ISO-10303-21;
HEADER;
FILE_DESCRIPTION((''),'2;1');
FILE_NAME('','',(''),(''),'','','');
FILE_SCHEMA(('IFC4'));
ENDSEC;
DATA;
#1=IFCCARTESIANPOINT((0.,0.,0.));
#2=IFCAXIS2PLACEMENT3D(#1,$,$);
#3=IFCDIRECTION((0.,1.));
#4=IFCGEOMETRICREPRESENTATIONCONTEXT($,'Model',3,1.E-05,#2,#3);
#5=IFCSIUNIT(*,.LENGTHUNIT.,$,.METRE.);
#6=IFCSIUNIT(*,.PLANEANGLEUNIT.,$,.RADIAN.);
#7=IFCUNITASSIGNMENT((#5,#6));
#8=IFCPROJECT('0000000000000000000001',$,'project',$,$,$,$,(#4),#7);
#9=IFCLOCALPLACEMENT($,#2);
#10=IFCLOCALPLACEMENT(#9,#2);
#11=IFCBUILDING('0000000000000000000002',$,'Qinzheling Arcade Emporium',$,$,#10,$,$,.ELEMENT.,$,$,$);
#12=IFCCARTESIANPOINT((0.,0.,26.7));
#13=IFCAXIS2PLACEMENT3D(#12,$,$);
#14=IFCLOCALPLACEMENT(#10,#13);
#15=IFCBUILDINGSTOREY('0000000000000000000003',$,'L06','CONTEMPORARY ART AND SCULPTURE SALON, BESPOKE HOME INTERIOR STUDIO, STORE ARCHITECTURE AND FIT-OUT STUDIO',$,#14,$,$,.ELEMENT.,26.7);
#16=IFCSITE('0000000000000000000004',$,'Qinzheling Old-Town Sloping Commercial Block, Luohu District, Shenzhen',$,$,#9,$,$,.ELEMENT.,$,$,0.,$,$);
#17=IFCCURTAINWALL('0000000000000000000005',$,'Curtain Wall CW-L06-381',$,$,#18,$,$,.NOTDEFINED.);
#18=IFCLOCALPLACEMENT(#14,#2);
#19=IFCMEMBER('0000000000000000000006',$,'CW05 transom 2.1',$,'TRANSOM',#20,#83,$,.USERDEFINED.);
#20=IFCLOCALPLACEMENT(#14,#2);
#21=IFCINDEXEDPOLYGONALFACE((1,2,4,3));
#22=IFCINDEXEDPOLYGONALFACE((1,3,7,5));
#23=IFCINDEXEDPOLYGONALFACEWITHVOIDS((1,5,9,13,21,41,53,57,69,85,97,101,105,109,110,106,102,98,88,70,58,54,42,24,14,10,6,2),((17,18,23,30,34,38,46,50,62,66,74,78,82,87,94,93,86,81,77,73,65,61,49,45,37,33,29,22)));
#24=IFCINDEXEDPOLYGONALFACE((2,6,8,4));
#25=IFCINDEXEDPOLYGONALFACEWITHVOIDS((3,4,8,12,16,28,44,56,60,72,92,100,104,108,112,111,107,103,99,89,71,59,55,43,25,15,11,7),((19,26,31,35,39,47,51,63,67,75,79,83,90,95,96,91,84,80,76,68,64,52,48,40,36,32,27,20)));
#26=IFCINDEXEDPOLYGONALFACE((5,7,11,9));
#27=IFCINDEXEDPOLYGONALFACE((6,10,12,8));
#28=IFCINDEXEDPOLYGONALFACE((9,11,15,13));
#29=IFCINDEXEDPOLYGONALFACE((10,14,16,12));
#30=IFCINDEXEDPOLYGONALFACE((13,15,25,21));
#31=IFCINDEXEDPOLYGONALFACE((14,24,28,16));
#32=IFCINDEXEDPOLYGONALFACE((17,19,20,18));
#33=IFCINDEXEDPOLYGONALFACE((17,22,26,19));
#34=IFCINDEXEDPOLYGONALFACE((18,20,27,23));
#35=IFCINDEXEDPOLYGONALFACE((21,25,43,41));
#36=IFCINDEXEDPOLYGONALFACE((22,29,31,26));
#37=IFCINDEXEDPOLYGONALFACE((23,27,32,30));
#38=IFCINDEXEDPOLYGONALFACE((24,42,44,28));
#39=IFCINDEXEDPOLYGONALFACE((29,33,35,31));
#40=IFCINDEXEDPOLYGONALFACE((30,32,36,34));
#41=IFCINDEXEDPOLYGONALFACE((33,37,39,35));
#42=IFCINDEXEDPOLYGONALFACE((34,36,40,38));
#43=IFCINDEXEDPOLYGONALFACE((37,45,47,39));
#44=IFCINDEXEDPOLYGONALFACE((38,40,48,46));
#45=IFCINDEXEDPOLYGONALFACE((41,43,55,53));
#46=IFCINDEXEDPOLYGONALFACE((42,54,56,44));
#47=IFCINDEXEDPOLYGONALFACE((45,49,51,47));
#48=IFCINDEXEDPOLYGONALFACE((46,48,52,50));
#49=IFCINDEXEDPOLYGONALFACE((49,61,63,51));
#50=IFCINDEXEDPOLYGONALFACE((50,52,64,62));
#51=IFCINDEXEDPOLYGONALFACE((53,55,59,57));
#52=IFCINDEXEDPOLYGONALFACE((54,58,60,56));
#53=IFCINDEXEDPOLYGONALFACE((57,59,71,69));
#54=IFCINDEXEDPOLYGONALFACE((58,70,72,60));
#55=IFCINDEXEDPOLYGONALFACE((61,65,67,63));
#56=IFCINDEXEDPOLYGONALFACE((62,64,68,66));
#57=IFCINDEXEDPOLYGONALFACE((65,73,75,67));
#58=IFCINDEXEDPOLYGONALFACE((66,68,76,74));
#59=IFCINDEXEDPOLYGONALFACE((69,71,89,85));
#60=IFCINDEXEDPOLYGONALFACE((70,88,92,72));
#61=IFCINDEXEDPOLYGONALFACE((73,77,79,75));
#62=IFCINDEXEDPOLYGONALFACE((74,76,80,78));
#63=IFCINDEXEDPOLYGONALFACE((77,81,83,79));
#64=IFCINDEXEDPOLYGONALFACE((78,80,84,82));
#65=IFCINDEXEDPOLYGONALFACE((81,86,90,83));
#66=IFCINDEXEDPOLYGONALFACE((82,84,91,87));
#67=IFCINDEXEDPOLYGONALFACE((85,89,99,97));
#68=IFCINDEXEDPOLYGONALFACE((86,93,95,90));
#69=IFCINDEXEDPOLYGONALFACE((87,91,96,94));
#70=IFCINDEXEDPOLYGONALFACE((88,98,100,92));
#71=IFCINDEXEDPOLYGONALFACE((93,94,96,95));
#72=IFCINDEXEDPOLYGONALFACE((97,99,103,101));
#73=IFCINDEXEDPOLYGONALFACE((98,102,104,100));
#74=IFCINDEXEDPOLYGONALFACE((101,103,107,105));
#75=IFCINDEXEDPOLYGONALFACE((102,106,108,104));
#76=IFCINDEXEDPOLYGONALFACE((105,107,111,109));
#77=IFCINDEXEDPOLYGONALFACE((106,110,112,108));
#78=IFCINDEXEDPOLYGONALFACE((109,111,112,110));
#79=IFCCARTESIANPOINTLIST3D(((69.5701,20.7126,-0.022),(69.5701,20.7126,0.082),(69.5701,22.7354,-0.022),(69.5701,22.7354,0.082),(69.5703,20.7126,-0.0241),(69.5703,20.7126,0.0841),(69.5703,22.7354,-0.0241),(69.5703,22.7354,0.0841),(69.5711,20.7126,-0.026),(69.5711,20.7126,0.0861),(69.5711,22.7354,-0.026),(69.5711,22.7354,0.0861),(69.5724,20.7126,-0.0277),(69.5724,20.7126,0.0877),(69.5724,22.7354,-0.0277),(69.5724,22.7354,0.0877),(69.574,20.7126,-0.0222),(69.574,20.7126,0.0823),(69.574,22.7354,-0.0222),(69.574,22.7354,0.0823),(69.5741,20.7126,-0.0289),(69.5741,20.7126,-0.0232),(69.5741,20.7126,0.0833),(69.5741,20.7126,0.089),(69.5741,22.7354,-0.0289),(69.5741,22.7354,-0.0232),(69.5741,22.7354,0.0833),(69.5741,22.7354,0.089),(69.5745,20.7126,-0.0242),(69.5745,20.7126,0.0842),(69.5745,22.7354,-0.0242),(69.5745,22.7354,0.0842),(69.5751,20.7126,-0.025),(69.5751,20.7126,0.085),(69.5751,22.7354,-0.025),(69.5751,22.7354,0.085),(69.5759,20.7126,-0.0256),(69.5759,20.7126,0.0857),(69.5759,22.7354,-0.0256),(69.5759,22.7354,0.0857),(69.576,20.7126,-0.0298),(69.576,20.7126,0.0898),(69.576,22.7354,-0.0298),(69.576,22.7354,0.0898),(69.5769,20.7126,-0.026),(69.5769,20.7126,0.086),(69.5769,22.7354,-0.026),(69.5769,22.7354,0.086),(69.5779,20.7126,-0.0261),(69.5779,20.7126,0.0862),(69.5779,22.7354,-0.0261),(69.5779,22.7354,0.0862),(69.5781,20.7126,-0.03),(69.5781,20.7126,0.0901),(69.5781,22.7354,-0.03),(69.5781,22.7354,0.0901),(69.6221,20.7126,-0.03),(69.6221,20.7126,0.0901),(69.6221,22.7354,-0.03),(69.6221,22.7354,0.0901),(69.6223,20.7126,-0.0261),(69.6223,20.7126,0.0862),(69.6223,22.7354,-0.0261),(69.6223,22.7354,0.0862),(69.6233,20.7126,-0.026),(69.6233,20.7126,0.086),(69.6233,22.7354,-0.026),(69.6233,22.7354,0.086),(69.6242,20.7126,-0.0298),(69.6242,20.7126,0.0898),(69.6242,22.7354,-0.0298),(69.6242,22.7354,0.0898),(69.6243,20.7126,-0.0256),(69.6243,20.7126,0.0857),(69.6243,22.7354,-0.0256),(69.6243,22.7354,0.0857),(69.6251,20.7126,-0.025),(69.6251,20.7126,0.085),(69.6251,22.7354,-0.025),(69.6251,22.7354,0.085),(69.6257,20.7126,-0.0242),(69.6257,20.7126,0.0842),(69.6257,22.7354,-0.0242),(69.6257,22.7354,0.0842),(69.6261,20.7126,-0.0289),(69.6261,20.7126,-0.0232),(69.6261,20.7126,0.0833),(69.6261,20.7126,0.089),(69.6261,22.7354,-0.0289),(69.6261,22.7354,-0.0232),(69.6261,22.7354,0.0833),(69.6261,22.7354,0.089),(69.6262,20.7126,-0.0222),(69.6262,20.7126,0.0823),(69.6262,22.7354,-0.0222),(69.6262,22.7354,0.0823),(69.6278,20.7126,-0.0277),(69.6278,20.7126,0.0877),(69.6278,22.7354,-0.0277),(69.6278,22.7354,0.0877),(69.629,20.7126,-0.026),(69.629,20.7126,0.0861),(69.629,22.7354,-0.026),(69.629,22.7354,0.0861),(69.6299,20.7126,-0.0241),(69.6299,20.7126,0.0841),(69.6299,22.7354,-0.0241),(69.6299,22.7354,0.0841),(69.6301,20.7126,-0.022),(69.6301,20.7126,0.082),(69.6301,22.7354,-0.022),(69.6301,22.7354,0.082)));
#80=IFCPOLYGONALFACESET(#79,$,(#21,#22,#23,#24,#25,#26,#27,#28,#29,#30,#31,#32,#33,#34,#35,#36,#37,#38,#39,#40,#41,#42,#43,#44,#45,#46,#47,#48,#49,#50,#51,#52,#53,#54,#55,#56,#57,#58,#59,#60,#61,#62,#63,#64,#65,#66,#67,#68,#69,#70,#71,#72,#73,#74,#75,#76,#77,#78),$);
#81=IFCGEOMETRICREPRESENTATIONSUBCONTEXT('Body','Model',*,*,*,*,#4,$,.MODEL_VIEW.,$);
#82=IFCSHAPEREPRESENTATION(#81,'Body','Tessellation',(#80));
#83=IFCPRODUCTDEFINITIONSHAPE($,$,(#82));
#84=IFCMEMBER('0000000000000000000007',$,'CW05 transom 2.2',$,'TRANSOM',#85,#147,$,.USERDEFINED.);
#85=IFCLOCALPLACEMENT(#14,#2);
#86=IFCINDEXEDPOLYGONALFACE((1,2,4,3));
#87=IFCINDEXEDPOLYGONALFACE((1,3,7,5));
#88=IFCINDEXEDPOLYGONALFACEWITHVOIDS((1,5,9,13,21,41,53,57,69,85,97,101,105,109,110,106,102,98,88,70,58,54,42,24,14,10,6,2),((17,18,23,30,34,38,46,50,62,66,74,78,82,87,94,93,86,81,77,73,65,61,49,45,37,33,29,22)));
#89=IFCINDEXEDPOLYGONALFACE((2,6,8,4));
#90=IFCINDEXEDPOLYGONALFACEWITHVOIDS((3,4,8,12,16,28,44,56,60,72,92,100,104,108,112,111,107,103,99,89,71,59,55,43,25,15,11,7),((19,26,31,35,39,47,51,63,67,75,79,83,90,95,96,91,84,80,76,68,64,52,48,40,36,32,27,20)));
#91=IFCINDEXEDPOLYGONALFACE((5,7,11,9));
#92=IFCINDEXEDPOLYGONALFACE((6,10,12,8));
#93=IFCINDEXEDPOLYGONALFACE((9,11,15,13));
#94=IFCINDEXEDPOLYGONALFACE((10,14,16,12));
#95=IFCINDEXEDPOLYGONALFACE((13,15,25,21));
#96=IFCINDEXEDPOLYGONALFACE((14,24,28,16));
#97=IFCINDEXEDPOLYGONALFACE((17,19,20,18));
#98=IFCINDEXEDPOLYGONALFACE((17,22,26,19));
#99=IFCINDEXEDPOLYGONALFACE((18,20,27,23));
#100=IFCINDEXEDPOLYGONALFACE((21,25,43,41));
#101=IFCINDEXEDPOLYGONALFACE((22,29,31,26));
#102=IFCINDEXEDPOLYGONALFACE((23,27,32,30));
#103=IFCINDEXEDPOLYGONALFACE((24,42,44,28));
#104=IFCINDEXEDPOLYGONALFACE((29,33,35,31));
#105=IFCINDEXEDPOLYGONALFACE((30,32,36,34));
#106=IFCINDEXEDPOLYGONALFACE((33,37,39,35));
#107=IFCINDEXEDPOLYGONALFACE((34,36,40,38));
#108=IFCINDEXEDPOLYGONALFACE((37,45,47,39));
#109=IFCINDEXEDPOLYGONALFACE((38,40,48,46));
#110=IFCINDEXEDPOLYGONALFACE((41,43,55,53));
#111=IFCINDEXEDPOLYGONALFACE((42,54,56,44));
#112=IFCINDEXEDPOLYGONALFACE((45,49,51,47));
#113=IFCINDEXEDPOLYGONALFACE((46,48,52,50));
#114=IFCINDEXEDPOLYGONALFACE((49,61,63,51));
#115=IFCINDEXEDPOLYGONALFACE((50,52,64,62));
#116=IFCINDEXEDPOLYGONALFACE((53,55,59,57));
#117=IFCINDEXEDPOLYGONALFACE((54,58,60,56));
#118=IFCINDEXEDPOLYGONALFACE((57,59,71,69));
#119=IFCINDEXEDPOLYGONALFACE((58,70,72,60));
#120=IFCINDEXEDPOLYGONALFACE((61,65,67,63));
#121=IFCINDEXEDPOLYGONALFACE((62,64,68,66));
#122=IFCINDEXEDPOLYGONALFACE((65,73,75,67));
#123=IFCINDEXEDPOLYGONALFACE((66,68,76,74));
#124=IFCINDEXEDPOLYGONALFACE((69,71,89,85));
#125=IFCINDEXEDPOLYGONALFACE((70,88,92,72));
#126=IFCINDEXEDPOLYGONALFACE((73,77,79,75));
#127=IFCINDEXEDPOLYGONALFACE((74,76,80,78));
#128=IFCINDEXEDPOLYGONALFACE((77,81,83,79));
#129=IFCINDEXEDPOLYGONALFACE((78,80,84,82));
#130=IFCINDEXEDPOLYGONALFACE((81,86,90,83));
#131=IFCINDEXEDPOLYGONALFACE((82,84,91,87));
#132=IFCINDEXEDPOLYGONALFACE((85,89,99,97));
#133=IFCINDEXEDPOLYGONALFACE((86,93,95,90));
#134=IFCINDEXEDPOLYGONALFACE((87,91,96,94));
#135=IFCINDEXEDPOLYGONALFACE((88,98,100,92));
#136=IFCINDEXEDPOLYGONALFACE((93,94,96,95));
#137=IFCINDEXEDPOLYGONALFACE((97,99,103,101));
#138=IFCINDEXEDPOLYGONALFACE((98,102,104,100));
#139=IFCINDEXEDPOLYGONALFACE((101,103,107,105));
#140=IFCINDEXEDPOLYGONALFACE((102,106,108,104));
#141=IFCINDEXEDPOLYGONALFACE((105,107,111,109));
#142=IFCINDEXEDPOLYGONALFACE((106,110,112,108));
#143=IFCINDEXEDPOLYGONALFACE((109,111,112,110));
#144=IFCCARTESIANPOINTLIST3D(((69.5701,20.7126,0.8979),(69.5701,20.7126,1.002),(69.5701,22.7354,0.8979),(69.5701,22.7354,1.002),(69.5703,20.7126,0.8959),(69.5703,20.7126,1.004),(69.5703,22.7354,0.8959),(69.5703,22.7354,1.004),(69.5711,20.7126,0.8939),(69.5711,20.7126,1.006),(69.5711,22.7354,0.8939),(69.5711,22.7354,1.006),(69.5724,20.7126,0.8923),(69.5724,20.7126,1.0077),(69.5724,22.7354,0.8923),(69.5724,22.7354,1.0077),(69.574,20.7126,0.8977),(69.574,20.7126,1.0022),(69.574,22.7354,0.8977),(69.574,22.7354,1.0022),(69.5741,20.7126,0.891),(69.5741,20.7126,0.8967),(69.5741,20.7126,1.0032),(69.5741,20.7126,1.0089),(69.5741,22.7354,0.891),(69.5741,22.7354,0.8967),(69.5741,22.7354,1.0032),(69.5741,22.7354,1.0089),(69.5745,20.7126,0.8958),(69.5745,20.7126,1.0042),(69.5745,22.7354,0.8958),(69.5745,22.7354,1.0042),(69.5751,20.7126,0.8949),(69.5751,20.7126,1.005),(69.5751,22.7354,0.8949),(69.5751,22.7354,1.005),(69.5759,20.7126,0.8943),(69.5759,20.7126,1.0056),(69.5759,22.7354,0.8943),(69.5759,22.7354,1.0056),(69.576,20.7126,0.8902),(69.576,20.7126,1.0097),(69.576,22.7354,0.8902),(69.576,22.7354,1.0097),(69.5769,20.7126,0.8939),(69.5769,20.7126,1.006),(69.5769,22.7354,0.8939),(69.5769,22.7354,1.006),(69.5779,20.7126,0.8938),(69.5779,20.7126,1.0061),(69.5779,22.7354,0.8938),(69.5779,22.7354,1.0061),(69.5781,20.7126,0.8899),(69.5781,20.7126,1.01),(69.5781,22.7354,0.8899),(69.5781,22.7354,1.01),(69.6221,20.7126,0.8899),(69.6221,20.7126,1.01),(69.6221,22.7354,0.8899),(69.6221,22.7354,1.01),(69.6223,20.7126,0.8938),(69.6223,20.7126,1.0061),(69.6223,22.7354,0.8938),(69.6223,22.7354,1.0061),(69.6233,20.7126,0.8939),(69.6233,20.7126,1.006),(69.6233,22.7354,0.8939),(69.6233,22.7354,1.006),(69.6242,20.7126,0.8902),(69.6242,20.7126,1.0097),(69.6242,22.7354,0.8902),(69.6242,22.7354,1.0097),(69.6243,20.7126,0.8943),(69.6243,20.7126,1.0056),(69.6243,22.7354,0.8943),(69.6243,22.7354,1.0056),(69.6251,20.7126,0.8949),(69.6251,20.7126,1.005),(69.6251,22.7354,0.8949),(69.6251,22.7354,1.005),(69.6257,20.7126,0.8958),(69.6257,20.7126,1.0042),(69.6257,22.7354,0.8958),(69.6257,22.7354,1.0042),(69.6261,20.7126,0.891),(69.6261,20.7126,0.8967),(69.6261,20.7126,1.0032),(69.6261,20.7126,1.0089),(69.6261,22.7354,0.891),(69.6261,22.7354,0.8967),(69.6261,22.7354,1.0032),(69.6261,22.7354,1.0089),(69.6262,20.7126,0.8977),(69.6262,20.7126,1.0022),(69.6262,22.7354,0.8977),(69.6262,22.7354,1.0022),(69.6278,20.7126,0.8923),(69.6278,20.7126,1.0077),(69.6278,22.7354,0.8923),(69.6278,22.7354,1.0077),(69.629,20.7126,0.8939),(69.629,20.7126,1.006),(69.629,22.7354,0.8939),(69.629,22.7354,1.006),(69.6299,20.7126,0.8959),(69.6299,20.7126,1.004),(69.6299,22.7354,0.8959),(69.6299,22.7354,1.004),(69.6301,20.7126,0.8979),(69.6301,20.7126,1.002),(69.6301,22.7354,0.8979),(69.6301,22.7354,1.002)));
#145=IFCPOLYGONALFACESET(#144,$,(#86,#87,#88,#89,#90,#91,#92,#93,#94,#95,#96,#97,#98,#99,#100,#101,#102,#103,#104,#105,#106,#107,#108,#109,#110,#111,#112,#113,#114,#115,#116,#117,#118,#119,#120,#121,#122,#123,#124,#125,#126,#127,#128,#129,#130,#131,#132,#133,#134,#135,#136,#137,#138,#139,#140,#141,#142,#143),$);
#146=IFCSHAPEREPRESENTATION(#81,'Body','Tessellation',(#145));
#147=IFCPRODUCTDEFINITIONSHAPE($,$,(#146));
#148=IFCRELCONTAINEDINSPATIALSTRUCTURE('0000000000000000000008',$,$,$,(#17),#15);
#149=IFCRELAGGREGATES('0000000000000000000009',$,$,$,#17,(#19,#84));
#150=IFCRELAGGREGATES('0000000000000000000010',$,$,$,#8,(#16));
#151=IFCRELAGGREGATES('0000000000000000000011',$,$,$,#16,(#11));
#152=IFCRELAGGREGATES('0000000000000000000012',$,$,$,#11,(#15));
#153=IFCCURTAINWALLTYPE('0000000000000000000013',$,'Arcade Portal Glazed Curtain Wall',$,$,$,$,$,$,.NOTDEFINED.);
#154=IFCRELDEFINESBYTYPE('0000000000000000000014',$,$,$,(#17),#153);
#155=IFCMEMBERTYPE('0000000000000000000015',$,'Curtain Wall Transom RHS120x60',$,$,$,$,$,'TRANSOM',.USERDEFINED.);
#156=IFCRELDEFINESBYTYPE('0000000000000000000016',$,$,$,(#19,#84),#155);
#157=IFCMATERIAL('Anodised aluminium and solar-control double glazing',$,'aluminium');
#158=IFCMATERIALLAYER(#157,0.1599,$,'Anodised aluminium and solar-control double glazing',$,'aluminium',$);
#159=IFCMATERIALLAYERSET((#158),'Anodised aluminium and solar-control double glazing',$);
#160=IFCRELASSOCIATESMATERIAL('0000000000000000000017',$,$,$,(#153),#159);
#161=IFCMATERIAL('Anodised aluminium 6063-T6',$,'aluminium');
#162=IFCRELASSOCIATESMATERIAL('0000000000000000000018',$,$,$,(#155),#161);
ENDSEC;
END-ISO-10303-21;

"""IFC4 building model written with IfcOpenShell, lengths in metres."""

from ifc_helpers import new_model, si_unit, direction, frame, origin, origin_2d, place, context, subcontext, project, spatial, hollow_rectangle, extrude, material, layer, layer_set, material_profile, profile_set, type_object, element, aggregate, save


model = new_model("IFC4")

# Units and contexts
model_context = context("Model", 3, precision=1e-05, world=origin(), true_north=direction((0.0, 1.0)))
body_context = subcontext(model_context, "Body", "Model", "MODEL_VIEW")
ifc_project = project(units=[si_unit("LENGTHUNIT", "METRE"), si_unit("PLANEANGLEUNIT", "RADIAN")], contexts=[model_context])

# Site, building, storey
site_placement = place(None, origin())
site = spatial("IfcSite", under=ifc_project, at=site_placement, Name="Qinzheling Old-Town Sloping Commercial Block, Luohu District, Shenzhen", CompositionType="ELEMENT", RefElevation=0.0)
building_placement = place(site_placement, origin())
building = spatial("IfcBuilding", under=site, at=building_placement, Name="Qinzheling Arcade Emporium", CompositionType="ELEMENT")
storey_placement = place(building_placement, frame((0.0, 0.0, 26.7)))
storey = spatial("IfcBuildingStorey", under=building, at=storey_placement, Name="L06", Description="CONTEMPORARY ART AND SCULPTURE SALON, BESPOKE HOME INTERIOR STUDIO, STORE ARCHITECTURE AND FIT-OUT STUDIO", CompositionType="ELEMENT", Elevation=26.7)

# Curtain wall, members
ifc_material_1 = material(Name="Anodised aluminium and solar-control double glazing", Category="aluminium")
ifc_layer_1 = layer(ifc_material_1, 0.1599, Name="Anodised aluminium and solar-control double glazing", Category="aluminium")
ifc_layer_set_1 = layer_set([ifc_layer_1], Name="Anodised aluminium and solar-control double glazing")
curtain_wall_type = type_object("IfcCurtainWallType", Name="Arcade Portal Glazed Curtain Wall", PredefinedType="NOTDEFINED", material=ifc_layer_set_1)
curtain_wall_1_placement = place(storey_placement, origin())
curtain_wall_1 = element("IfcCurtainWall", 1, at=curtain_wall_1_placement, inside=storey, type_object=curtain_wall_type, Name="Curtain Wall CW-L06-381", PredefinedType="NOTDEFINED")
ifc_material_2 = material(Name="Anodised aluminium 6063-T6", Category="aluminium")
ifc_material_profile_1 = material_profile(ifc_material_2, hollow_rectangle(XDim=0.0601, YDim=0.1201, WallThickness=0.0039, InnerFilletRadius=0.0039, OuterFilletRadius=0.0081, at=origin_2d()), Name="RHS 120x60x4", Category="aluminium")
ifc_profile_set_1 = profile_set([ifc_material_profile_1], Name="Anodised aluminium 6063-T6")
member_type_1 = type_object("IfcMemberType", Name="Curtain Wall Transom RHS120x60", ElementType="TRANSOM", PredefinedType="USERDEFINED", material=ifc_profile_set_1)
member_1_placement = place(storey_placement, frame((69.6001, 22.7354, 0.03), z_axis=(0.0, -1.0, 0.0), x_axis=(1.0, 0.0, 0.0)))
member_1 = element("IfcMember", 2, at=member_1_placement, type_object=member_type_1, Name="CW05 transom 2.1", ObjectType="TRANSOM", PredefinedType="USERDEFINED", context=body_context, shape_type="SweptSolid", body=[
    extrude(hollow_rectangle(XDim=0.0601, YDim=0.1201, WallThickness=0.0039, InnerFilletRadius=0.0039, OuterFilletRadius=0.0081, at=origin_2d()), origin(), (0.0, 0.0, 1.0), 2.0227),
])
member_2_placement = place(storey_placement, frame((69.6001, 22.7354, 0.95), z_axis=(0.0, -1.0, 0.0), x_axis=(1.0, 0.0, 0.0)))
member_2 = element("IfcMember", 3, at=member_2_placement, type_object=member_type_1, Name="CW05 transom 2.2", ObjectType="TRANSOM", PredefinedType="USERDEFINED", context=body_context, shape_type="SweptSolid", body=[
    extrude(hollow_rectangle(XDim=0.0601, YDim=0.1201, WallThickness=0.0039, InnerFilletRadius=0.0039, OuterFilletRadius=0.0081, at=origin_2d()), origin(), (0.0, 0.0, 1.0), 2.0227),
])

aggregate(curtain_wall_1, [member_1, member_2])

save(model, "model.ifc")
